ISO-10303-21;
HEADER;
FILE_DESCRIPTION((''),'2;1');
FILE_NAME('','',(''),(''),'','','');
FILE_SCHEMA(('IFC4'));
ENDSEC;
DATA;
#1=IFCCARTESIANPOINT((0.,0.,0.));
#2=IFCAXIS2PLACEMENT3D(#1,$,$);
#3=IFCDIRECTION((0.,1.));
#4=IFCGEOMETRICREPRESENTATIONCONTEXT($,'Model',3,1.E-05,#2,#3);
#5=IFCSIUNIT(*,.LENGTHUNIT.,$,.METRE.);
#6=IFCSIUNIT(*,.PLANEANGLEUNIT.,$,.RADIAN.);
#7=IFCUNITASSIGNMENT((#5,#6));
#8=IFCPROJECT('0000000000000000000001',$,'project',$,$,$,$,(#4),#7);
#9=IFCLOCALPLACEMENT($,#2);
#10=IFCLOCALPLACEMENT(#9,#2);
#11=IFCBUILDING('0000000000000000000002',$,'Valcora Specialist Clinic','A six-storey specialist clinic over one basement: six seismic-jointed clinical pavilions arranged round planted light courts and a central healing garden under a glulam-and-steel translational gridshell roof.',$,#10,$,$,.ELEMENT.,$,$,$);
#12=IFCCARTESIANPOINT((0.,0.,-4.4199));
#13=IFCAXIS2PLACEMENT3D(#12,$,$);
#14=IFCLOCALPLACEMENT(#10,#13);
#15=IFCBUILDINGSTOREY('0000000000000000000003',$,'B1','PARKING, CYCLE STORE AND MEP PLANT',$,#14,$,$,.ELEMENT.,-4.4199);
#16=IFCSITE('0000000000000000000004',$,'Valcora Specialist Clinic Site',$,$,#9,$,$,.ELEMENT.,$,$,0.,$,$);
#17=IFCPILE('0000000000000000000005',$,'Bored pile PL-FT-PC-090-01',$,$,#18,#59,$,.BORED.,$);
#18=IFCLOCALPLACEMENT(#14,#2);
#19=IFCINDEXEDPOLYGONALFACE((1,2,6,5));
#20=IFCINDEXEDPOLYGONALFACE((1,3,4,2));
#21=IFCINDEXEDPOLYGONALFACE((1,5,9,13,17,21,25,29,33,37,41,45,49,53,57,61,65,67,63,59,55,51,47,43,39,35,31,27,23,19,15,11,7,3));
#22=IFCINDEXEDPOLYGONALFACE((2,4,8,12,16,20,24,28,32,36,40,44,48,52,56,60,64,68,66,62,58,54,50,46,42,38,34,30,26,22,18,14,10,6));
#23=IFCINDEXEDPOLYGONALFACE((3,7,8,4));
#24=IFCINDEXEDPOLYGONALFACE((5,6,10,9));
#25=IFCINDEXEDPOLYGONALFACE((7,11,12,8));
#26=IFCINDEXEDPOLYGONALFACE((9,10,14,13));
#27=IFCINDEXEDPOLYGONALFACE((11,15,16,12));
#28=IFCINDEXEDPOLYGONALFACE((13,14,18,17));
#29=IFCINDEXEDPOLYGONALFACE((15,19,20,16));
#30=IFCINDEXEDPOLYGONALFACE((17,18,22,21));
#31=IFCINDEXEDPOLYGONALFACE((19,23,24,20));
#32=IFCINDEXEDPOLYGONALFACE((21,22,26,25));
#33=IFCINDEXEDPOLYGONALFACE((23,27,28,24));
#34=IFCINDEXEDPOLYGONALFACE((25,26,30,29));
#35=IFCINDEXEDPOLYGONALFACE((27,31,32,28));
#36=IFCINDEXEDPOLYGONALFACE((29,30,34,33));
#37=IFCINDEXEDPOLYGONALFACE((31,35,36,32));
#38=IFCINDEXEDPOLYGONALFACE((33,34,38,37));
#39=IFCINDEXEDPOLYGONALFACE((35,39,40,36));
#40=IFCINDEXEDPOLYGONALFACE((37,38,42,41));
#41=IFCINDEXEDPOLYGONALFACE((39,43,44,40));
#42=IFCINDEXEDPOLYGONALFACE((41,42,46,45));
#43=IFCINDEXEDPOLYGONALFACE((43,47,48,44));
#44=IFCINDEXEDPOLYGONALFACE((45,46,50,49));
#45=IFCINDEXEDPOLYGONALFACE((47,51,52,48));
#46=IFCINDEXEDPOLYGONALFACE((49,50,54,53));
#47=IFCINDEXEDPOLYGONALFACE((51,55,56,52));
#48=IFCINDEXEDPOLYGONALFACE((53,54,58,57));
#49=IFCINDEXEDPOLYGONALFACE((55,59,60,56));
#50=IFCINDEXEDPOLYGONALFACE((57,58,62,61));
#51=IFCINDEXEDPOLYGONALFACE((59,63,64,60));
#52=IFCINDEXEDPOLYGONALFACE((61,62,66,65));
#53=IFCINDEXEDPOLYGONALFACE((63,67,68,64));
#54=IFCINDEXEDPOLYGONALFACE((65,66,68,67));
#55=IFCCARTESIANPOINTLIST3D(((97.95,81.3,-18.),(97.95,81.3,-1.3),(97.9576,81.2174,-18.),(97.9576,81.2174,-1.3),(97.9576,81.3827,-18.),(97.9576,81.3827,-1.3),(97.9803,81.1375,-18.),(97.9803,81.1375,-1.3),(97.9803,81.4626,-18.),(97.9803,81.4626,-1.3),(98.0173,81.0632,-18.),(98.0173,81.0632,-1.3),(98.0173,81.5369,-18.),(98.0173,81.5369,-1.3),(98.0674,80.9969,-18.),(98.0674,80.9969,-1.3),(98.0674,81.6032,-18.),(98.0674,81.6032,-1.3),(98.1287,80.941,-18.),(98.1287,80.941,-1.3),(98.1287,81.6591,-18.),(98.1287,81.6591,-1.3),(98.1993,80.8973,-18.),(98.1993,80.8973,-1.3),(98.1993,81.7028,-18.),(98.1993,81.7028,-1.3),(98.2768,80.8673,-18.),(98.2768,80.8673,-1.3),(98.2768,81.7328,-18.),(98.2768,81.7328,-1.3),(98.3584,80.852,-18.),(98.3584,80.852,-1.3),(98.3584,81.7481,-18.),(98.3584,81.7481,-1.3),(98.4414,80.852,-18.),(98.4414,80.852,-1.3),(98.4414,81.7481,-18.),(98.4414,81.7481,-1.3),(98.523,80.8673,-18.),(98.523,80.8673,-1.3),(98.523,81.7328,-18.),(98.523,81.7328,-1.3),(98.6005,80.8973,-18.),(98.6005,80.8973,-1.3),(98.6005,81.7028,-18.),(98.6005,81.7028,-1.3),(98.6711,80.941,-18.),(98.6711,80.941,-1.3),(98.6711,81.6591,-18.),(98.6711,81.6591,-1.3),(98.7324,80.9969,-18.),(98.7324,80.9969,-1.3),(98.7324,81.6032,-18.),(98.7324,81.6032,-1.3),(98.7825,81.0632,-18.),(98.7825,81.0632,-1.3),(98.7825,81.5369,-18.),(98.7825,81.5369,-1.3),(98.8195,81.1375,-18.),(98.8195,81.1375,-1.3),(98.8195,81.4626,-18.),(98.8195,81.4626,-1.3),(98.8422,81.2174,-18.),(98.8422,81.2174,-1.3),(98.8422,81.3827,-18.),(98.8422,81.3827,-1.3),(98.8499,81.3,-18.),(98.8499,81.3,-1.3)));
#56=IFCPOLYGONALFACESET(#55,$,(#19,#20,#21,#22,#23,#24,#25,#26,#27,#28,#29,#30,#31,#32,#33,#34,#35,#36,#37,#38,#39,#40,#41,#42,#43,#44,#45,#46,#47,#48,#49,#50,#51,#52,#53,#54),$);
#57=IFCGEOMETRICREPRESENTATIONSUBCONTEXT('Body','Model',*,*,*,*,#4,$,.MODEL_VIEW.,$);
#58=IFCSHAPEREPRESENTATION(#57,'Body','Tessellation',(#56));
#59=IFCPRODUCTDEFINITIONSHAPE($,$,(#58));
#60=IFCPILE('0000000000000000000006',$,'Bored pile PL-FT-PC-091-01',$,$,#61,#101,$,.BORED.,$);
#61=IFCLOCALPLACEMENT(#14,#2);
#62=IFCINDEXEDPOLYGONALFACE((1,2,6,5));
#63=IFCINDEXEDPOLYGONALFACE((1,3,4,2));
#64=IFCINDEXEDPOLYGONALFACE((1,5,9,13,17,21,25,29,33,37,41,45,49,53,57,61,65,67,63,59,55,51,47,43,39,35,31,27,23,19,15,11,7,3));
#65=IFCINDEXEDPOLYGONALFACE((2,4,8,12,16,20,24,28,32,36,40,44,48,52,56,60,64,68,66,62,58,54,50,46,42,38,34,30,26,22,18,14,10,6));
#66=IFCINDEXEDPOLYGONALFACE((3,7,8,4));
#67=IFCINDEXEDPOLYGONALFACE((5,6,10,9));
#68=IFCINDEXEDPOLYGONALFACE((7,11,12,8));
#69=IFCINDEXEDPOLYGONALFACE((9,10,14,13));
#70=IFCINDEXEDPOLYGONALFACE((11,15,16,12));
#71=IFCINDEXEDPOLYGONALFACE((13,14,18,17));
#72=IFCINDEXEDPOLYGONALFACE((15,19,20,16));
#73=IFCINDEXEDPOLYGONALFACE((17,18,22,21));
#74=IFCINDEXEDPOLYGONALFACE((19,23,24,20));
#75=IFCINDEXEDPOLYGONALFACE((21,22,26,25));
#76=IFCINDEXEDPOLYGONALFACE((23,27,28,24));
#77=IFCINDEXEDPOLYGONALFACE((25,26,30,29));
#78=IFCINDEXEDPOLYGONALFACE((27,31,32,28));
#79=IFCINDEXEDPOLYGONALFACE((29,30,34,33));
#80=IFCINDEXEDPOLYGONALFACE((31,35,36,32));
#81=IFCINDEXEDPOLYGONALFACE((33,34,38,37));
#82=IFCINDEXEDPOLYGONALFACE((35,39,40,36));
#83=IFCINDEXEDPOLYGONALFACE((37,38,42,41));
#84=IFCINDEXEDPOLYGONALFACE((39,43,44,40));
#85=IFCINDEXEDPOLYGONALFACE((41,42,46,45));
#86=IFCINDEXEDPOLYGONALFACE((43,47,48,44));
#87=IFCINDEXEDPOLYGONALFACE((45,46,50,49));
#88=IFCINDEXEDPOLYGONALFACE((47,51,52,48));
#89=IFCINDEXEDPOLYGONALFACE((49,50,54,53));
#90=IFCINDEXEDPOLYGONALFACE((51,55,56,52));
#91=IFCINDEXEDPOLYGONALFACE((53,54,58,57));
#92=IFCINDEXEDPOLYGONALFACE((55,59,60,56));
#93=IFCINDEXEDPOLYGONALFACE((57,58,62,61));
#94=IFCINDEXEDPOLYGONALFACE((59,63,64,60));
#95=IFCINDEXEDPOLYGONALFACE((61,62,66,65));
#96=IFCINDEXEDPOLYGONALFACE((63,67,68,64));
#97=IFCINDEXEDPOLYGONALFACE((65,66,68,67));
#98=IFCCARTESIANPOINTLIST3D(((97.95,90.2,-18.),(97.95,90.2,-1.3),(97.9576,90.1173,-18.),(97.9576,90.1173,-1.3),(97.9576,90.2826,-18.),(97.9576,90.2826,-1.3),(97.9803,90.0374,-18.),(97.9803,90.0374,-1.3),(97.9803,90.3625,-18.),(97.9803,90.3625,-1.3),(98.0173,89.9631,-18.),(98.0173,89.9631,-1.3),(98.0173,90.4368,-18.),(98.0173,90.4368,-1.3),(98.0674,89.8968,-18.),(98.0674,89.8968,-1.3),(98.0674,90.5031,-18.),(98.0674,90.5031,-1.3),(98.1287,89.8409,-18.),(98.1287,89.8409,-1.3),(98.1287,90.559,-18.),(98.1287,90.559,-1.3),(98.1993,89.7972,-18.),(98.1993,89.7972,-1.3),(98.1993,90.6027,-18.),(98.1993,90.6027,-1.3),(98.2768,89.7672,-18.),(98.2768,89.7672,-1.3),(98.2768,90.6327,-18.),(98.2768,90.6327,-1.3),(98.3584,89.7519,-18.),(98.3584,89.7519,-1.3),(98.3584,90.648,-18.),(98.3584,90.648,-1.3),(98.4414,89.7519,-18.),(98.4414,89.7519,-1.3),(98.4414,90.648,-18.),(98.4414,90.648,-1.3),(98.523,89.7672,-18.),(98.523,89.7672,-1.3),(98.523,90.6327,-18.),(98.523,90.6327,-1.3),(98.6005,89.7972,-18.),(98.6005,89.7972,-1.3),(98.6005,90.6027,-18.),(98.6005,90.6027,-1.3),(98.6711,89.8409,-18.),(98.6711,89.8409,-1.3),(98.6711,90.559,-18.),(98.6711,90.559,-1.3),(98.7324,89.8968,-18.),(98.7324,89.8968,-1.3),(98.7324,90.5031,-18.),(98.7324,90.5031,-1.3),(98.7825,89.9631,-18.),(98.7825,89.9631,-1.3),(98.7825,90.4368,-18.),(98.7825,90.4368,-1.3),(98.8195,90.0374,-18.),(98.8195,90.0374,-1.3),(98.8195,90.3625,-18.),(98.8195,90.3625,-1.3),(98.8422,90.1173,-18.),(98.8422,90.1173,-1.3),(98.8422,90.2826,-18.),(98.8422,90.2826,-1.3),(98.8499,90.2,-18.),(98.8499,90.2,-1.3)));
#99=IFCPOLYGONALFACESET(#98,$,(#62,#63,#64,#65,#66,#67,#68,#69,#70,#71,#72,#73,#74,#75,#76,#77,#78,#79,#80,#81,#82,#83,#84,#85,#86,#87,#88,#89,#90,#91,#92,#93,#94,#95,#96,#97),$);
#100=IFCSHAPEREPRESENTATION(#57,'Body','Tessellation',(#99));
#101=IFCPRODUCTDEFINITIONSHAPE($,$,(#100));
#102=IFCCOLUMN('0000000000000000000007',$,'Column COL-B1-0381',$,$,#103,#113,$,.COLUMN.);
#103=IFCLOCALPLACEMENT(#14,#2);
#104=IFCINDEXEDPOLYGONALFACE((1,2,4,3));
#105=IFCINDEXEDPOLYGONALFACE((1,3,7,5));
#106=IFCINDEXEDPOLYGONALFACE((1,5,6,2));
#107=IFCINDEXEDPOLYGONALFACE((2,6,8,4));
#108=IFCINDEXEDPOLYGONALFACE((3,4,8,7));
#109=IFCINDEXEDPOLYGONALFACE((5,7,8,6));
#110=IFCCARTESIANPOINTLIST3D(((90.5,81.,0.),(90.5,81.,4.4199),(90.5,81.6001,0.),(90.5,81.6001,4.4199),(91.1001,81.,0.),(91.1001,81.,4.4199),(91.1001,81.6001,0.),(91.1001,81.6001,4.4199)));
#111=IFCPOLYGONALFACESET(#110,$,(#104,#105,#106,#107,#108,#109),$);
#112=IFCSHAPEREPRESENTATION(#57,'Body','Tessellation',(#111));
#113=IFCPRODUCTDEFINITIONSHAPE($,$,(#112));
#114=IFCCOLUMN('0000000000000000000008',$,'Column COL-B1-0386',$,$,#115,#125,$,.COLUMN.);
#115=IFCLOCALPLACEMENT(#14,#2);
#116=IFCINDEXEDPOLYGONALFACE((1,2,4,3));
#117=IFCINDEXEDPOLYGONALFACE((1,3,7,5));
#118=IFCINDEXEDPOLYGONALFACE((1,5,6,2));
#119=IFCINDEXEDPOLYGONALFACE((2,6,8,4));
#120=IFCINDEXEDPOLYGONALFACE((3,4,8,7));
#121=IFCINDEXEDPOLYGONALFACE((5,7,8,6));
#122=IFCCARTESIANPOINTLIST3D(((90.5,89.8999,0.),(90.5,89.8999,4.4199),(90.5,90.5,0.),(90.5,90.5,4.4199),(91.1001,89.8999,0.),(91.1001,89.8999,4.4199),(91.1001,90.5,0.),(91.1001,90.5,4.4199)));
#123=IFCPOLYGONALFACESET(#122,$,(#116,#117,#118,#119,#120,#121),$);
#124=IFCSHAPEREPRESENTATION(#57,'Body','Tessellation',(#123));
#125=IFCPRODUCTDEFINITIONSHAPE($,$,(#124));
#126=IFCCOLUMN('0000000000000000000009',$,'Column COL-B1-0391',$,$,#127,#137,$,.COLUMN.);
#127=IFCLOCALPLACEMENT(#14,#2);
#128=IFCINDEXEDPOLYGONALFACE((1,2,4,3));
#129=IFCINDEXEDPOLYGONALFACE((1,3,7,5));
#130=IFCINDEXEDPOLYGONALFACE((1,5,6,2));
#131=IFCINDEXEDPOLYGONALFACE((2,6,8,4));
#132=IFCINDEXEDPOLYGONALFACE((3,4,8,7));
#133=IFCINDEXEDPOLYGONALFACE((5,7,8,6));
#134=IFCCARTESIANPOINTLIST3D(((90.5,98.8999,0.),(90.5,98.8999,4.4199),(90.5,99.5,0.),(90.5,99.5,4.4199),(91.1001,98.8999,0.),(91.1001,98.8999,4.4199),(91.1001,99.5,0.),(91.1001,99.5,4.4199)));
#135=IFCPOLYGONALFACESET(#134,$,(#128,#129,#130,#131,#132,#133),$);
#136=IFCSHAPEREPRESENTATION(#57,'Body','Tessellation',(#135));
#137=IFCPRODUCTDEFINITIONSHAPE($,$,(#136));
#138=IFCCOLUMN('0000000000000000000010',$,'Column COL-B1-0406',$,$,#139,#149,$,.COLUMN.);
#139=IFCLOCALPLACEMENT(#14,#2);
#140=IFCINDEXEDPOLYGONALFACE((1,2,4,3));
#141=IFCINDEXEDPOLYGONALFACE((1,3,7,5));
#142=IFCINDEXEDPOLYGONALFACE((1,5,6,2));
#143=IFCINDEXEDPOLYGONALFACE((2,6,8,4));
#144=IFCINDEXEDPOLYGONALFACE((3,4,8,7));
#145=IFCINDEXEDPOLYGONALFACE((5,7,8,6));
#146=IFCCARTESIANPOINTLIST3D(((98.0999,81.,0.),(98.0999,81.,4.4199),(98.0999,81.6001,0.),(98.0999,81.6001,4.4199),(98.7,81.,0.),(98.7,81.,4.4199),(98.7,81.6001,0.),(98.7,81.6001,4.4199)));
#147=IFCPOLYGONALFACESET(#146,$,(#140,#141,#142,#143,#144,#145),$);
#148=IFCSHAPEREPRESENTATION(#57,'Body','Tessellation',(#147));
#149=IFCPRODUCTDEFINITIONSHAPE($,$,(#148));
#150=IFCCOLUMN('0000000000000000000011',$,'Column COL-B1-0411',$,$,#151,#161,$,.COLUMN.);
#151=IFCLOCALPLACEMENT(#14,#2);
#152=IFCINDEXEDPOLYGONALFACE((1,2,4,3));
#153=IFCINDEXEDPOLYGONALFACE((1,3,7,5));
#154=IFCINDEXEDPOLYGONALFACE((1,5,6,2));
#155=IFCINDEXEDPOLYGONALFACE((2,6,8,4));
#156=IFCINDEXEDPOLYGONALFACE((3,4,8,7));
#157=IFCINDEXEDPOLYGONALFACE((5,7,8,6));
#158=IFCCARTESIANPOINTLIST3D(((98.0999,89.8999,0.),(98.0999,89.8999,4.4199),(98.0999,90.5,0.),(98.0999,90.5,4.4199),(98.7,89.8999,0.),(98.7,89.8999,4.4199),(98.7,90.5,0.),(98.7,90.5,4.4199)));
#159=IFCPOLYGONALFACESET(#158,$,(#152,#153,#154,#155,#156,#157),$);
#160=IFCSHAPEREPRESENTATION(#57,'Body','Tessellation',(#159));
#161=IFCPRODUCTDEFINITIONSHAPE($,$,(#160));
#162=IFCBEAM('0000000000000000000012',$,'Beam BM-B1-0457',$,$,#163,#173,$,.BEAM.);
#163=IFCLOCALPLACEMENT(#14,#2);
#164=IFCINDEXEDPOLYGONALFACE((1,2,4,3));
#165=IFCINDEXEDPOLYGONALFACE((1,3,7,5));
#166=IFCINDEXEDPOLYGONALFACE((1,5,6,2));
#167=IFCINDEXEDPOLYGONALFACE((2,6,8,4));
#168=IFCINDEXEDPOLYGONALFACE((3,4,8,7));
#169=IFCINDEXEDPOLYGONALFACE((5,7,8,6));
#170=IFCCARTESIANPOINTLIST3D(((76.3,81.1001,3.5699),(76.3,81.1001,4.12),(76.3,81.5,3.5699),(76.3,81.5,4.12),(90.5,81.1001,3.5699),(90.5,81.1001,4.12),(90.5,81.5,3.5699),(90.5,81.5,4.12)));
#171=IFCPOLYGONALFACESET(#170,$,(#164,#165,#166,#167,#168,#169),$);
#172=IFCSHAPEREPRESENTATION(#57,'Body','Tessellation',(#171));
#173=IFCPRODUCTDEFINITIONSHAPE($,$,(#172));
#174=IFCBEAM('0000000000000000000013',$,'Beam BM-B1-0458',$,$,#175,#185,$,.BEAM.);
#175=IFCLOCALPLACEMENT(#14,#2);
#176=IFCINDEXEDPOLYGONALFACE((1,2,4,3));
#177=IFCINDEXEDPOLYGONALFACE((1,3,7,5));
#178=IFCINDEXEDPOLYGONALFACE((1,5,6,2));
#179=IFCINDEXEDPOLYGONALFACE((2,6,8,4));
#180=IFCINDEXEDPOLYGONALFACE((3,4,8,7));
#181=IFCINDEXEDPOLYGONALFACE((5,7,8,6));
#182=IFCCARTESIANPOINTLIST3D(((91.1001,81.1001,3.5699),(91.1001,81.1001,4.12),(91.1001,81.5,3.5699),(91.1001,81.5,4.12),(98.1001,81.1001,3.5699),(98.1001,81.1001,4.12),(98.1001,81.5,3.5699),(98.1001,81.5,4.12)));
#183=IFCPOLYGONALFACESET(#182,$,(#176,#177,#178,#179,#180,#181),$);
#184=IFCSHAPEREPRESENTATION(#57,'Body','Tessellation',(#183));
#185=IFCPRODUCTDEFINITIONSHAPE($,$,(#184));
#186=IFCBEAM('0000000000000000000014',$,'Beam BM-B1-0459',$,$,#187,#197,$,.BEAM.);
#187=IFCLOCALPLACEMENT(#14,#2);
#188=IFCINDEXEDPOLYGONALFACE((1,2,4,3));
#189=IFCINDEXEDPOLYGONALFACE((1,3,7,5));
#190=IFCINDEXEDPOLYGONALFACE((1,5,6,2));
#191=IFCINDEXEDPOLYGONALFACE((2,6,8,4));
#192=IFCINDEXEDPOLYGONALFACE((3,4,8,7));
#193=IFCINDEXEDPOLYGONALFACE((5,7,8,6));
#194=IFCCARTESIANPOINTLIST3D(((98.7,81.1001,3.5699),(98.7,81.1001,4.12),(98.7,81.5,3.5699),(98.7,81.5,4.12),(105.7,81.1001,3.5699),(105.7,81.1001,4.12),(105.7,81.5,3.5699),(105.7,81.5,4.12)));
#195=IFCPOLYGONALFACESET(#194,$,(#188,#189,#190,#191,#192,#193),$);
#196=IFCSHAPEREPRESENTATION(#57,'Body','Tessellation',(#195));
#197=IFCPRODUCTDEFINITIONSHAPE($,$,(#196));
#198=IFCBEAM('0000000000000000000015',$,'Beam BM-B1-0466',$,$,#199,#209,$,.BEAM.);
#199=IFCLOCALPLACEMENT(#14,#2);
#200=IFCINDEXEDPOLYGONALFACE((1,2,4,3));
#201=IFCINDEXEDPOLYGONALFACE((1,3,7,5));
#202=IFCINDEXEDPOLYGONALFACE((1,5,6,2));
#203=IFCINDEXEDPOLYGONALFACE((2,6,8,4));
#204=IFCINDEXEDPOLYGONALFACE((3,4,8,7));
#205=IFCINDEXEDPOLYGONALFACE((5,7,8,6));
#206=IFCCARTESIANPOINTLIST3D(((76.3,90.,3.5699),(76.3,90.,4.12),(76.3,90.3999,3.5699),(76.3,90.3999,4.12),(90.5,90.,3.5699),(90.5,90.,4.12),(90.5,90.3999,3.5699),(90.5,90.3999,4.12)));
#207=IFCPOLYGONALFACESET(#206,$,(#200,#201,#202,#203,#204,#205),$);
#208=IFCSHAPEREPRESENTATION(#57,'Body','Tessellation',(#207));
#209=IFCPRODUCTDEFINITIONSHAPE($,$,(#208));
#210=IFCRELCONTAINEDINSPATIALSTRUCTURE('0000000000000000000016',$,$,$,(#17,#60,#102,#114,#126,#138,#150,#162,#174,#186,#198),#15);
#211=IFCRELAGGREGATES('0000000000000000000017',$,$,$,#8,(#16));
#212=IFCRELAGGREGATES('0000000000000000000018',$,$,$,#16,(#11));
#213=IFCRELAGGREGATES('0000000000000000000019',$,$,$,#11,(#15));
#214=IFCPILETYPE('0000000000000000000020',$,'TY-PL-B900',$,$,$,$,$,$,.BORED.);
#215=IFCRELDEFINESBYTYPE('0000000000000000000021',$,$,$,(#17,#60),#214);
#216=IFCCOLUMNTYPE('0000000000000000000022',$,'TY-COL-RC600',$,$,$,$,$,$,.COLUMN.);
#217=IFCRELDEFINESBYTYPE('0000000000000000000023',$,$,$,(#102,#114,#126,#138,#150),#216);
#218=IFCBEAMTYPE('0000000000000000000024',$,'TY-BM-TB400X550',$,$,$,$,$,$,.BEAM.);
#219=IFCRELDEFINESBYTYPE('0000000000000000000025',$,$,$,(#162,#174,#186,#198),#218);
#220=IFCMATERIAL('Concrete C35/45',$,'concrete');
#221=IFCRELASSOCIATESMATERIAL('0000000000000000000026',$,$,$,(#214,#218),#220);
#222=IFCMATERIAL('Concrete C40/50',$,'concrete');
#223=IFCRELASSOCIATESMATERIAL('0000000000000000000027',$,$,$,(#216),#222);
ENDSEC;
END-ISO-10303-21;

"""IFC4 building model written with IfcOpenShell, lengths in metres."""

from ifc_helpers import new_model, si_unit, direction, frame, origin, origin_2d, place, context, subcontext, project, spatial, rectangle, circle, extrude, material, material_profile, profile_set, type_object, element, save


model = new_model("IFC4")

# Units and contexts
model_context = context("Model", 3, precision=1e-05, world=origin(), true_north=direction((0.0, 1.0)))
body_context = subcontext(model_context, "Body", "Model", "MODEL_VIEW")
ifc_project = project(units=[si_unit("LENGTHUNIT", "METRE"), si_unit("PLANEANGLEUNIT", "RADIAN")], contexts=[model_context])

# Site, building, storey
site_placement = place(None, origin())
site = spatial("IfcSite", under=ifc_project, at=site_placement, Name="Valcora Specialist Clinic Site", CompositionType="ELEMENT", RefElevation=0.0)
building_placement = place(site_placement, origin())
building = spatial("IfcBuilding", under=site, at=building_placement, Name="Valcora Specialist Clinic", Description="A six-storey specialist clinic over one basement: six seismic-jointed clinical pavilions arranged round planted light courts and a central healing garden under a glulam-and-steel translational gridshell roof.", CompositionType="ELEMENT")
storey_placement = place(building_placement, frame((0.0, 0.0, -4.4199)))
storey = spatial("IfcBuildingStorey", under=building, at=storey_placement, Name="B1", Description="PARKING, CYCLE STORE AND MEP PLANT", CompositionType="ELEMENT", Elevation=-4.4199)

# Shared definitions
ifc_material_1 = material(Name="Concrete C35/45", Category="concrete")

# Piles
ifc_material_profile_1 = material_profile(ifc_material_1, circle(Radius=0.45, at=origin_2d()), Name="RC-PIL-D900")
ifc_profile_set_1 = profile_set([ifc_material_profile_1], Name="Concrete C35/45")
pile_type = type_object("IfcPileType", Name="TY-PL-B900", PredefinedType="BORED", material=ifc_profile_set_1)
for number, where, z_axis, x_axis, name in (
    (1, (98.3999, 81.3, -1.3), (0.0, 0.0, -1.0), (1.0, 0.0, 0.0), "Bored pile PL-FT-PC-090-01"),
    (2, (98.3999, 90.2, -1.3), (0.0, 0.0, -1.0), (1.0, 0.0, 0.0), "Bored pile PL-FT-PC-091-01"),
):
    element("IfcPile", number, at=place(storey_placement, frame(where, z_axis=z_axis, x_axis=x_axis)), inside=storey, type_object=pile_type, Name=name, PredefinedType="BORED", context=body_context, shape_type="SweptSolid", body=[
        extrude(circle(Radius=0.45, at=origin_2d()), origin(), (0.0, 0.0, 1.0), 16.7),
    ])

# Columns
ifc_material_2 = material(Name="Concrete C40/50", Category="concrete")
ifc_material_profile_2 = material_profile(ifc_material_2, rectangle(XDim=0.6001, YDim=0.6001, at=origin_2d()), Name="RC-COL-600X600")
ifc_profile_set_2 = profile_set([ifc_material_profile_2], Name="Concrete C40/50")
column_type = type_object("IfcColumnType", Name="TY-COL-RC600", PredefinedType="COLUMN", material=ifc_profile_set_2)
for number, where, z_axis, x_axis, name in (
    (3, (90.8, 81.3, 0.0), (0.0, 0.0, 1.0), (1.0, 0.0, 0.0), "Column COL-B1-0381"),
    (4, (90.8, 90.2, 0.0), (0.0, 0.0, 1.0), (1.0, 0.0, 0.0), "Column COL-B1-0386"),
    (5, (90.8, 99.2, 0.0), (0.0, 0.0, 1.0), (1.0, 0.0, 0.0), "Column COL-B1-0391"),
    (6, (98.3999, 81.3, 0.0), (0.0, 0.0, 1.0), (1.0, 0.0, 0.0), "Column COL-B1-0406"),
    (7, (98.3999, 90.2, 0.0), (0.0, 0.0, 1.0), (1.0, 0.0, 0.0), "Column COL-B1-0411"),
):
    element("IfcColumn", number, at=place(storey_placement, frame(where, z_axis=z_axis, x_axis=x_axis)), inside=storey, type_object=column_type, Name=name, PredefinedType="COLUMN", context=body_context, shape_type="SweptSolid", body=[
        extrude(rectangle(XDim=0.6001, YDim=0.6001, at=origin_2d()), origin(), (0.0, 0.0, 1.0), 4.4199),
    ])

# Beams
ifc_material_profile_3 = material_profile(ifc_material_1, rectangle(XDim=0.3999, YDim=0.55, at=origin_2d()), Name="RC-TB-400X550")
ifc_profile_set_3 = profile_set([ifc_material_profile_3], Name="Concrete C35/45")
beam_type = type_object("IfcBeamType", Name="TY-BM-TB400X550", PredefinedType="BEAM", material=ifc_profile_set_3)
beam_1_placement = place(storey_placement, frame((76.3, 81.3, 3.845), z_axis=(1.0, 0.0, 0.0), x_axis=(0.0, 1.0, 0.0)))
element("IfcBeam", 8, at=beam_1_placement, inside=storey, type_object=beam_type, Name="Beam BM-B1-0457", PredefinedType="BEAM", context=body_context, shape_type="SweptSolid", body=[
    extrude(rectangle(XDim=0.3999, YDim=0.55, at=origin_2d()), origin(), (0.0, 0.0, 1.0), 14.2),
])
for number, where, z_axis, x_axis, name in (
    (9, (91.1001, 81.3, 3.845), (1.0, 0.0, 0.0), (0.0, 1.0, 0.0), "Beam BM-B1-0458"),
    (10, (98.7, 81.3, 3.845), (1.0, 0.0, 0.0), (0.0, 1.0, 0.0), "Beam BM-B1-0459"),
):
    element("IfcBeam", number, at=place(storey_placement, frame(where, z_axis=z_axis, x_axis=x_axis)), inside=storey, type_object=beam_type, Name=name, PredefinedType="BEAM", context=body_context, shape_type="SweptSolid", body=[
        extrude(rectangle(XDim=0.3999, YDim=0.55, at=origin_2d()), origin(), (0.0, 0.0, 1.0), 7.0),
    ])
beam_2_placement = place(storey_placement, frame((76.3, 90.2, 3.845), z_axis=(1.0, 0.0, 0.0), x_axis=(0.0, 1.0, 0.0)))
element("IfcBeam", 11, at=beam_2_placement, inside=storey, type_object=beam_type, Name="Beam BM-B1-0466", PredefinedType="BEAM", context=body_context, shape_type="SweptSolid", body=[
    extrude(rectangle(XDim=0.3999, YDim=0.55, at=origin_2d()), origin(), (0.0, 0.0, 1.0), 14.2),
])

save(model, "model.ifc")
